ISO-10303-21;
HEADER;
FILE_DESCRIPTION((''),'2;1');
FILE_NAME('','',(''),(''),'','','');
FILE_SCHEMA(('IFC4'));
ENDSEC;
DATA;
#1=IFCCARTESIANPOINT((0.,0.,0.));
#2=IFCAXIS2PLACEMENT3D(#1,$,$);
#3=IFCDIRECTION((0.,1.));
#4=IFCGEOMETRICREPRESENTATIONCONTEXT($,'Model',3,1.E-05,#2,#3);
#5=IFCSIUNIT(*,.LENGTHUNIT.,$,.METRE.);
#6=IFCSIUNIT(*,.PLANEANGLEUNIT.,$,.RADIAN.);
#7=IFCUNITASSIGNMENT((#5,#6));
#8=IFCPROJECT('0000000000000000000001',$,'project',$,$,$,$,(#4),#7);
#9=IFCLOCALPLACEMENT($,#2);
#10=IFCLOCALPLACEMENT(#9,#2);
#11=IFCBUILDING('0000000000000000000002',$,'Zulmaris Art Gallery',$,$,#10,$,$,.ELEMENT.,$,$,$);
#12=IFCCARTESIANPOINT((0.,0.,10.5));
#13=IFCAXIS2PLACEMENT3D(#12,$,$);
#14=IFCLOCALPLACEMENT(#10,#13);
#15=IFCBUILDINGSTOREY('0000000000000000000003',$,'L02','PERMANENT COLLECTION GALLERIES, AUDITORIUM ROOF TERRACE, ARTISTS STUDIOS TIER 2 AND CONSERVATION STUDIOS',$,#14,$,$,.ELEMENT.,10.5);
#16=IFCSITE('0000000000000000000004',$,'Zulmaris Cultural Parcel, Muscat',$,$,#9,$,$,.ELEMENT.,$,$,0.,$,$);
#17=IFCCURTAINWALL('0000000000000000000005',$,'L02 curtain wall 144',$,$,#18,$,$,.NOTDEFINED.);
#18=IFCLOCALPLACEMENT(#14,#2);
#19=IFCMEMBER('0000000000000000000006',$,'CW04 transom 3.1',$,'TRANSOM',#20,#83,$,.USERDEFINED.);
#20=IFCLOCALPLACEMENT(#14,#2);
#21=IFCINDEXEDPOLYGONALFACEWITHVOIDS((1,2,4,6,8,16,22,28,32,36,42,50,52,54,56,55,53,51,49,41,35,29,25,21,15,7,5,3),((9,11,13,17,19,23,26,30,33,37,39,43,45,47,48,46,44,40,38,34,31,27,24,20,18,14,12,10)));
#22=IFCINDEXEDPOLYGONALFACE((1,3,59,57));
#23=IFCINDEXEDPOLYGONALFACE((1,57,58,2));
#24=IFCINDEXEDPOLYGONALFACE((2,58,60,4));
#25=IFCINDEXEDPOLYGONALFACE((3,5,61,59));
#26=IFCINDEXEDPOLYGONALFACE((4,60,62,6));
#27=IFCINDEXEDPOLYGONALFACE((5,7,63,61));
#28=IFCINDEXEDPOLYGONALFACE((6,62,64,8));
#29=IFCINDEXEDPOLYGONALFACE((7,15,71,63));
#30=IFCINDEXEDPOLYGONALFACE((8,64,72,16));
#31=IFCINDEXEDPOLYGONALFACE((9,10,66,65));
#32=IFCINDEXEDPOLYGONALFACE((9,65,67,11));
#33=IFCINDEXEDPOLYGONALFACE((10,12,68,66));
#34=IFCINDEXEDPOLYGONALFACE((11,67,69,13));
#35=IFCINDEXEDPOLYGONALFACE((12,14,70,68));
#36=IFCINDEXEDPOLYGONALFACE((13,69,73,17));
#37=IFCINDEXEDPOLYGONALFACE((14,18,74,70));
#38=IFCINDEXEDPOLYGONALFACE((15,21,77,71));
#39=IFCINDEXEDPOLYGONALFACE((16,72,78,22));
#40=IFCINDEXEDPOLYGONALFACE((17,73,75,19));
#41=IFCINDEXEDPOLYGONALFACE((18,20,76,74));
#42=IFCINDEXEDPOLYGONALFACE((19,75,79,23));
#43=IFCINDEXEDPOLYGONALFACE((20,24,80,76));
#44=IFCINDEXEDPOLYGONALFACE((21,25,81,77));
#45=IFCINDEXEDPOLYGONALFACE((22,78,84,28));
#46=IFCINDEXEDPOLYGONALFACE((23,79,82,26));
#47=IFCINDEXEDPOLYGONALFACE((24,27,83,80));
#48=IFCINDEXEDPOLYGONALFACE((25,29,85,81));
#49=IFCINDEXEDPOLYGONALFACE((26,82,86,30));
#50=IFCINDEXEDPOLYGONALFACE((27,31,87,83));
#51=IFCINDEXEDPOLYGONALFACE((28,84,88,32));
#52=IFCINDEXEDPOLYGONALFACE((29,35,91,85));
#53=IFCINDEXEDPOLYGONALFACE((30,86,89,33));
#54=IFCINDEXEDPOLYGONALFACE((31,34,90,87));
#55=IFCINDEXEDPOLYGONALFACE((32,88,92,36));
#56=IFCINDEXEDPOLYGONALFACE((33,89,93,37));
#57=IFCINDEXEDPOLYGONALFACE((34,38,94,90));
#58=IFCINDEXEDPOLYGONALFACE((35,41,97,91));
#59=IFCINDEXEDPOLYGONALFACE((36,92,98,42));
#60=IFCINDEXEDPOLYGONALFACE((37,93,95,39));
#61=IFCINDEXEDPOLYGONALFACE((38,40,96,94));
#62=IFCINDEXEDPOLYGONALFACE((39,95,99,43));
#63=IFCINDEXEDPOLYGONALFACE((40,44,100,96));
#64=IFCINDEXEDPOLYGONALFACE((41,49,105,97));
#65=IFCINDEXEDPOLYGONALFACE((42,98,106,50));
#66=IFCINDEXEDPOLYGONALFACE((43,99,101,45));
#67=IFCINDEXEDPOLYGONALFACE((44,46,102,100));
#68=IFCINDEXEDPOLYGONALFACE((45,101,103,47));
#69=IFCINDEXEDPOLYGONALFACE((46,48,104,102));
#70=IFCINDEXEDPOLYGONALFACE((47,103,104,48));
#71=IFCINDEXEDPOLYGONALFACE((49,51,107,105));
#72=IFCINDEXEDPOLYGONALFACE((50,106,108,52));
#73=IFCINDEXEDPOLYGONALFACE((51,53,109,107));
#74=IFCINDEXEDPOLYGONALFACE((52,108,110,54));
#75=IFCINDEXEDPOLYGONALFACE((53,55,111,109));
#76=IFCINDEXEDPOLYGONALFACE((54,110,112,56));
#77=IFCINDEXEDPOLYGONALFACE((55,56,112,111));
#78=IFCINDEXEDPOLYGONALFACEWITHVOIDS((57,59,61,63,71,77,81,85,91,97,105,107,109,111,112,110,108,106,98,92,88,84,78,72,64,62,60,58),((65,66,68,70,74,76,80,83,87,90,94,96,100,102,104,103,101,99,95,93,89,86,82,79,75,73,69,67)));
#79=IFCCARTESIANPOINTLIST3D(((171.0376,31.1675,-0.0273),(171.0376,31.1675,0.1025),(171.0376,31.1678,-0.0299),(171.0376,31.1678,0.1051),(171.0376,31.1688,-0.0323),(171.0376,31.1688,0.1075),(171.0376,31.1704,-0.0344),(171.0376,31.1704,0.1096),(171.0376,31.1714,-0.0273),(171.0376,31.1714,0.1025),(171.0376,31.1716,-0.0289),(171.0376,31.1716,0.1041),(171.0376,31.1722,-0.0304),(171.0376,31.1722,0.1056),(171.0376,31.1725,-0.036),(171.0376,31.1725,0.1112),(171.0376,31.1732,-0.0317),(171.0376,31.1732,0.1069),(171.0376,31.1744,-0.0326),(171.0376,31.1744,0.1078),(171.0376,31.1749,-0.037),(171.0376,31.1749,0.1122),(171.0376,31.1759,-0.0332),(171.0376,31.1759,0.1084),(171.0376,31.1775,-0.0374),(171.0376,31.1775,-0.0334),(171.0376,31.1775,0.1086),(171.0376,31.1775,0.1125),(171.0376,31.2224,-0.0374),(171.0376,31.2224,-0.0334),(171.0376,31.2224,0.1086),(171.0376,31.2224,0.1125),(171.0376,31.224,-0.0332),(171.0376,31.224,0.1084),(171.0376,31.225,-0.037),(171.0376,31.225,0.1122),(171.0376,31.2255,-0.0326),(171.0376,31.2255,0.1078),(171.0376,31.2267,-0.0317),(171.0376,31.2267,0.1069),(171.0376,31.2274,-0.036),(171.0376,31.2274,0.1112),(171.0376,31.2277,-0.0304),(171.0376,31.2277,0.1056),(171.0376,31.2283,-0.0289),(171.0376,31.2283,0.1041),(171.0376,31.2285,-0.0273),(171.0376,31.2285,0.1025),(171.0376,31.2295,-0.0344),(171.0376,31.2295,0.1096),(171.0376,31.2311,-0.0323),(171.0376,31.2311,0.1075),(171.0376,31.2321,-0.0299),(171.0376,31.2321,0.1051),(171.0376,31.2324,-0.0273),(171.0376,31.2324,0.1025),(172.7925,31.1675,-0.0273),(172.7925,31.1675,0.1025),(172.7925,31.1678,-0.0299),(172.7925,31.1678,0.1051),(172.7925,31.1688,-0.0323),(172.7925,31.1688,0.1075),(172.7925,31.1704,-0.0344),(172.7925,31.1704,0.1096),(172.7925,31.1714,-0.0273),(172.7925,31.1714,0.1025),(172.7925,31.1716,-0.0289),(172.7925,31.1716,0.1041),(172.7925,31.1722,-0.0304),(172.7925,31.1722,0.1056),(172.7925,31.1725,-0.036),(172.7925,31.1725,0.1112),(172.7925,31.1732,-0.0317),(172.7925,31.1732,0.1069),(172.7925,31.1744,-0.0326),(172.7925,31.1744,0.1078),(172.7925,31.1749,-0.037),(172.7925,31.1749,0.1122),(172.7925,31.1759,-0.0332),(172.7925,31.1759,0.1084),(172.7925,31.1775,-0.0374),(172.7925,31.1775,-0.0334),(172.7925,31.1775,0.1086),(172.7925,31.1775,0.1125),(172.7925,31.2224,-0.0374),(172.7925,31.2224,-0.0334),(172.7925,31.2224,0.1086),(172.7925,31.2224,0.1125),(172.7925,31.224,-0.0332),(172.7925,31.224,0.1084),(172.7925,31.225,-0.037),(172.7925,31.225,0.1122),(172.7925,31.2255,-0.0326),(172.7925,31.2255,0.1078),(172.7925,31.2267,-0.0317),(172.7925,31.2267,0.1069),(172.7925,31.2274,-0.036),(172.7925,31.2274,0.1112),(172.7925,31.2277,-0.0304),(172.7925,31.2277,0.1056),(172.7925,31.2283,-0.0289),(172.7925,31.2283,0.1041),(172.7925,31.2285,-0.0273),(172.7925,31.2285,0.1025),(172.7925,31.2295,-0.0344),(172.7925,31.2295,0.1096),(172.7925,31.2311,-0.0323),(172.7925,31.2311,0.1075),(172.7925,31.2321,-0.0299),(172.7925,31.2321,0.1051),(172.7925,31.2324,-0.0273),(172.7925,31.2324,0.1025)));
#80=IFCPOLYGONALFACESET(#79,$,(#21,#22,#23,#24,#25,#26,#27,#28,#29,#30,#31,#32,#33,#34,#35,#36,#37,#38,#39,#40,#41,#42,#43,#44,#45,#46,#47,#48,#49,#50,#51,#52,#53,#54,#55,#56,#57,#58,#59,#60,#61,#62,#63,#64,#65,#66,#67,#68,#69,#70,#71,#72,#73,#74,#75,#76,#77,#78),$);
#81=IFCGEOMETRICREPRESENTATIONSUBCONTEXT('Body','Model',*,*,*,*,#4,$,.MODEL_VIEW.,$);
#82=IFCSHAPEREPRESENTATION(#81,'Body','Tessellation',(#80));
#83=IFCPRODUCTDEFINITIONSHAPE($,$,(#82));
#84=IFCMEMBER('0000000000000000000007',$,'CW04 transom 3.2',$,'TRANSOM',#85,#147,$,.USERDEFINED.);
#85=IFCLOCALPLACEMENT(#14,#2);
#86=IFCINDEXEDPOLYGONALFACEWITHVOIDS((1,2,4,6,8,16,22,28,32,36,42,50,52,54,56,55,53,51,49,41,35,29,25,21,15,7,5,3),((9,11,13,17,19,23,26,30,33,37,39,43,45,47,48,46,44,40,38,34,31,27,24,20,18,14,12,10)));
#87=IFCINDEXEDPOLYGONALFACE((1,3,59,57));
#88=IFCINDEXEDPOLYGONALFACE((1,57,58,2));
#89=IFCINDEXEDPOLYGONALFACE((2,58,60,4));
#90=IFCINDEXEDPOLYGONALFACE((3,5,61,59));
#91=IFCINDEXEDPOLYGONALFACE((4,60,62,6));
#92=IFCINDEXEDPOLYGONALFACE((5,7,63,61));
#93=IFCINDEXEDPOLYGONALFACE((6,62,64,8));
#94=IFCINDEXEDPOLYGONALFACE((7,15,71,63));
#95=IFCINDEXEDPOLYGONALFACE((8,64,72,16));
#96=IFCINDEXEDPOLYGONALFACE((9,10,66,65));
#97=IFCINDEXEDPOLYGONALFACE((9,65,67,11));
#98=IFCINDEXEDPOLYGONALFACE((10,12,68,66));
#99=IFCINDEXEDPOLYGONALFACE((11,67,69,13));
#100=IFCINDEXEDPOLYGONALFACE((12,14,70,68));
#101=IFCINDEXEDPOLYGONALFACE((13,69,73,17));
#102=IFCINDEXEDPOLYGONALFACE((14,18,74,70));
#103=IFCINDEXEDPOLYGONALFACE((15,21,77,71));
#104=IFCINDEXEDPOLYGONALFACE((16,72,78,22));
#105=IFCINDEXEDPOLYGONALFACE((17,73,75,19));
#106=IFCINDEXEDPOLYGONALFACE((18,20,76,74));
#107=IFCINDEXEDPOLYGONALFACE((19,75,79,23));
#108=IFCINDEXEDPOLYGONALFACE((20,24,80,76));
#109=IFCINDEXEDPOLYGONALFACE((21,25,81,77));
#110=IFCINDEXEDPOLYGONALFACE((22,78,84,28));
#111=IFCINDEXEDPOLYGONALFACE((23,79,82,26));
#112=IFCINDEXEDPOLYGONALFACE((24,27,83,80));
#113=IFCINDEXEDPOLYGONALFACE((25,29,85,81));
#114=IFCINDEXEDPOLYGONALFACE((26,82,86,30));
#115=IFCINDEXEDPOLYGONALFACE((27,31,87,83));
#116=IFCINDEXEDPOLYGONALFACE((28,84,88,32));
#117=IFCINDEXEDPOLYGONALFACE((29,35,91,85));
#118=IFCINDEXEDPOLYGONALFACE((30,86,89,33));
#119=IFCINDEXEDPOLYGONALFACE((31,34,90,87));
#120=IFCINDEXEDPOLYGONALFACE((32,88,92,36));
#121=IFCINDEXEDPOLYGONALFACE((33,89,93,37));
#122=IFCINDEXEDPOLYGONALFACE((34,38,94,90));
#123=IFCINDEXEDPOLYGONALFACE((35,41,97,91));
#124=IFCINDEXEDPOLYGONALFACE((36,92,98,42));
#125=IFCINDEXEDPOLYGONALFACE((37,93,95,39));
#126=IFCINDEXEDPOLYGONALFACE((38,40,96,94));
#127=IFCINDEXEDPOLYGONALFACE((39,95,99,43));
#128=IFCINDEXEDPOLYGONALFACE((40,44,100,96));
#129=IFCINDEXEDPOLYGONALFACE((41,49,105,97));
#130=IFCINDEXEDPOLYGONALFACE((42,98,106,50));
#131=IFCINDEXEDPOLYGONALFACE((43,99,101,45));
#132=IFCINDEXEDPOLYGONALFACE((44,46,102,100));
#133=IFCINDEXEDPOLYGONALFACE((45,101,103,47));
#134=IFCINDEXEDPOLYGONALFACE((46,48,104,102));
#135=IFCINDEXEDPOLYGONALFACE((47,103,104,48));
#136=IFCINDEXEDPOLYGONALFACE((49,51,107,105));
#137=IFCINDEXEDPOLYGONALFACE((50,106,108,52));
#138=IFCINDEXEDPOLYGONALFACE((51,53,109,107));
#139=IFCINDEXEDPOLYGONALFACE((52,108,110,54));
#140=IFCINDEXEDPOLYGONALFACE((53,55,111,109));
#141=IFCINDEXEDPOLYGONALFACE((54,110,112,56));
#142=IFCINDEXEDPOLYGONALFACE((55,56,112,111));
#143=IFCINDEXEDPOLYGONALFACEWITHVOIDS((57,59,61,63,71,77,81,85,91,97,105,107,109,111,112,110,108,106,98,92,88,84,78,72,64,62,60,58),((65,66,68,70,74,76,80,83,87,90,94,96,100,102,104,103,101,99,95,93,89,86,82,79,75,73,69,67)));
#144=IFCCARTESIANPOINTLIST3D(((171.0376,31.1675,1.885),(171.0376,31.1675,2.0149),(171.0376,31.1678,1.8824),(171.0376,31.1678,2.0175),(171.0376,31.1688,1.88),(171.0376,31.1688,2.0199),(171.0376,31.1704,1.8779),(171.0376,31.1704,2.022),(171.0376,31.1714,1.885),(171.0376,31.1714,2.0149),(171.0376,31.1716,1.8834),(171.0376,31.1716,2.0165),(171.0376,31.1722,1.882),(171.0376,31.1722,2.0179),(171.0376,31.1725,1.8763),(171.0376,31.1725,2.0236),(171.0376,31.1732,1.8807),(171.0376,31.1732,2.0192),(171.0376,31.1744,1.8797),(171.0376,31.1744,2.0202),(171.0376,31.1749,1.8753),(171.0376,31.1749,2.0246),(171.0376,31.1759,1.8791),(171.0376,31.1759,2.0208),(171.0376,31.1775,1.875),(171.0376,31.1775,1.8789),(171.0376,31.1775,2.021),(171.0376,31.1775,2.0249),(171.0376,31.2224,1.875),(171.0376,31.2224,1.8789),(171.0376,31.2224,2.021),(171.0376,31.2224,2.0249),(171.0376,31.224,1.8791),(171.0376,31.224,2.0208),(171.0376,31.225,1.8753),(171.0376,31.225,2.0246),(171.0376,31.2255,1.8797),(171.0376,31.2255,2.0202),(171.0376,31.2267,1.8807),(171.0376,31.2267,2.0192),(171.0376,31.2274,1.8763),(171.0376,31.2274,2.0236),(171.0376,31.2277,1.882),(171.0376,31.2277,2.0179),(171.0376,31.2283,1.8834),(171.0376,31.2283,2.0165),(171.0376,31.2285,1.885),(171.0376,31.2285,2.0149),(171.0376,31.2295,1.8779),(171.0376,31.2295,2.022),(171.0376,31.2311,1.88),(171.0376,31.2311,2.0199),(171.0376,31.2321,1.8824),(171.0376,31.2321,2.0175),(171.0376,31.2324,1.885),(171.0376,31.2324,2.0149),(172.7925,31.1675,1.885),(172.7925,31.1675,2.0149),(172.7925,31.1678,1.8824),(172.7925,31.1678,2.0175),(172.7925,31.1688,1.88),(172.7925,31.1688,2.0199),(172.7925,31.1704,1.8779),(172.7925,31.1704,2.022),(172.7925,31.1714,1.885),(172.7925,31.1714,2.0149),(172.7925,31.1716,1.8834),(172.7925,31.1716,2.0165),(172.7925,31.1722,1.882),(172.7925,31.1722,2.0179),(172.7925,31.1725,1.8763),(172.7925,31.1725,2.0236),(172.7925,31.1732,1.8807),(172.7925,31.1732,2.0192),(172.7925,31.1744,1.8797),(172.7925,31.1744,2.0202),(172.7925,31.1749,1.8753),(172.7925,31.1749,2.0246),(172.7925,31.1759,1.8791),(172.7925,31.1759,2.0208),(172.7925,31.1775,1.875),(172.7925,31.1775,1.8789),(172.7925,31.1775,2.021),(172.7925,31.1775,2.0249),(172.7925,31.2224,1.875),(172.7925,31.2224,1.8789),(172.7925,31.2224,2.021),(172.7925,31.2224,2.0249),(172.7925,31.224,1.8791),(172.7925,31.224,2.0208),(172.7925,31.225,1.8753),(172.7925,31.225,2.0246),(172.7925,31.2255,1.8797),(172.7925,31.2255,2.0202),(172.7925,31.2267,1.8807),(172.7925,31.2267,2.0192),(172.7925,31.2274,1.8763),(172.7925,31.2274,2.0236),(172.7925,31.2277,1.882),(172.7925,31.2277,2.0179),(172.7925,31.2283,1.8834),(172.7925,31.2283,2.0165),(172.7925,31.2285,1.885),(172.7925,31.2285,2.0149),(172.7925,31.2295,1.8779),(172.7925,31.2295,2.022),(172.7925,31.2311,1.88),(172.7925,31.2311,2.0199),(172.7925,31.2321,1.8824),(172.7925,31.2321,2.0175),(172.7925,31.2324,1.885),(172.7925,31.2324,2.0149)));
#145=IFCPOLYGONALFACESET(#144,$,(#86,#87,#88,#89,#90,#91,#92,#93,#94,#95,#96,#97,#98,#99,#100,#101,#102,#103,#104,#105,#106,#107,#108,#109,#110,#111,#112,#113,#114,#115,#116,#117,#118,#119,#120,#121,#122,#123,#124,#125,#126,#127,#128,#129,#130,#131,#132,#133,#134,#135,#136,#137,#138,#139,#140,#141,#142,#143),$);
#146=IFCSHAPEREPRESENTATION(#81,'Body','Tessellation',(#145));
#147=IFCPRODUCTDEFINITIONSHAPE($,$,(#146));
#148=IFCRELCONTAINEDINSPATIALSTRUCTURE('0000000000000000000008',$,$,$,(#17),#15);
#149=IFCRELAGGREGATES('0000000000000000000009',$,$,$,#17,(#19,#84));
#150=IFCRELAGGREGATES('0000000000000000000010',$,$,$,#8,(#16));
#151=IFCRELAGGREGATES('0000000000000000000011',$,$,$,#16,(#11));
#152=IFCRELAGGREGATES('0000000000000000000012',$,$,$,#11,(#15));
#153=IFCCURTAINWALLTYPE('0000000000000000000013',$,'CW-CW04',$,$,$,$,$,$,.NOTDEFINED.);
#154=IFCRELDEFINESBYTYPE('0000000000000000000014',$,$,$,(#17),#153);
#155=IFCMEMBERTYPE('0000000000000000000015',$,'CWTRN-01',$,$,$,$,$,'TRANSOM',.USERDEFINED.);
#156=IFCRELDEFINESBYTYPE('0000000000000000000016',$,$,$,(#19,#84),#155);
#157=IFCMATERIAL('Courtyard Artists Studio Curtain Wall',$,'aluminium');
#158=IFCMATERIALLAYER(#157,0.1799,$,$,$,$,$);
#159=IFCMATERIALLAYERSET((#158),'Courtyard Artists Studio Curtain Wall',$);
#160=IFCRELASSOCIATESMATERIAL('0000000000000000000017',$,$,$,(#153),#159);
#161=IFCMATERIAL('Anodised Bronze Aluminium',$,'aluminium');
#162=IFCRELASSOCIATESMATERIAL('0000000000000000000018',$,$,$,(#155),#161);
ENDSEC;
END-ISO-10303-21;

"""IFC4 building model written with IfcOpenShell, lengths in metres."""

from ifc_helpers import new_model, si_unit, direction, frame, origin, origin_2d, place, context, subcontext, project, spatial, hollow_rectangle, extrude, material, layer, layer_set, material_profile, profile_set, type_object, element, aggregate, save


model = new_model("IFC4")

# Units and contexts
model_context = context("Model", 3, precision=1e-05, world=origin(), true_north=direction((0.0, 1.0)))
body_context = subcontext(model_context, "Body", "Model", "MODEL_VIEW")
ifc_project = project(units=[si_unit("LENGTHUNIT", "METRE"), si_unit("PLANEANGLEUNIT", "RADIAN")], contexts=[model_context])

# Site, building, storey
site_placement = place(None, origin())
site = spatial("IfcSite", under=ifc_project, at=site_placement, Name="Zulmaris Cultural Parcel, Muscat", CompositionType="ELEMENT", RefElevation=0.0)
building_placement = place(site_placement, origin())
building = spatial("IfcBuilding", under=site, at=building_placement, Name="Zulmaris Art Gallery", CompositionType="ELEMENT")
storey_placement = place(building_placement, frame((0.0, 0.0, 10.5)))
storey = spatial("IfcBuildingStorey", under=building, at=storey_placement, Name="L02", Description="PERMANENT COLLECTION GALLERIES, AUDITORIUM ROOF TERRACE, ARTISTS STUDIOS TIER 2 AND CONSERVATION STUDIOS", CompositionType="ELEMENT", Elevation=10.5)

# Curtain wall
ifc_material_1 = material(Name="Courtyard Artists Studio Curtain Wall", Category="aluminium")
ifc_layer_1 = layer(ifc_material_1, 0.1799)
ifc_layer_set_1 = layer_set([ifc_layer_1], Name="Courtyard Artists Studio Curtain Wall")
curtain_wall_type = type_object("IfcCurtainWallType", Name="CW-CW04", PredefinedType="NOTDEFINED", material=ifc_layer_set_1)
curtain_wall_1_placement = place(storey_placement, origin())
curtain_wall_1 = element("IfcCurtainWall", 1, at=curtain_wall_1_placement, inside=storey, type_object=curtain_wall_type, Name="L02 curtain wall 144", PredefinedType="NOTDEFINED")
ifc_material_2 = material(Name="Anodised Bronze Aluminium", Category="aluminium")

# Members
ifc_material_profile_1 = material_profile(ifc_material_2, hollow_rectangle(XDim=0.0649, YDim=0.1499, WallThickness=0.0039, InnerFilletRadius=0.0061, OuterFilletRadius=0.01, at=origin_2d()), Name="ALU 65x150x4")
ifc_profile_set_1 = profile_set([ifc_material_profile_1], Name="Anodised Bronze Aluminium")
member_type_1 = type_object("IfcMemberType", Name="CWTRN-01", ElementType="TRANSOM", PredefinedType="USERDEFINED", material=ifc_profile_set_1)
member_1_placement = place(storey_placement, frame((171.0376, 31.2, 0.0376), z_axis=(1.0, 0.0, 0.0), x_axis=(0.0, 1.0, 0.0)))
member_1 = element("IfcMember", 2, at=member_1_placement, type_object=member_type_1, Name="CW04 transom 3.1", ObjectType="TRANSOM", PredefinedType="USERDEFINED", context=body_context, shape_type="SweptSolid", body=[
    extrude(hollow_rectangle(XDim=0.0649, YDim=0.1499, WallThickness=0.0039, InnerFilletRadius=0.0061, OuterFilletRadius=0.01, at=origin_2d()), origin(), (0.0, 0.0, 1.0), 1.7549),
])
member_2_placement = place(storey_placement, frame((171.0376, 31.2, 1.95), z_axis=(1.0, 0.0, 0.0), x_axis=(0.0, 1.0, 0.0)))
member_2 = element("IfcMember", 3, at=member_2_placement, type_object=member_type_1, Name="CW04 transom 3.2", ObjectType="TRANSOM", PredefinedType="USERDEFINED", context=body_context, shape_type="SweptSolid", body=[
    extrude(hollow_rectangle(XDim=0.0649, YDim=0.1499, WallThickness=0.0039, InnerFilletRadius=0.0061, OuterFilletRadius=0.01, at=origin_2d()), origin(), (0.0, 0.0, 1.0), 1.7549),
])

aggregate(curtain_wall_1, [member_1, member_2])

save(model, "model.ifc")
